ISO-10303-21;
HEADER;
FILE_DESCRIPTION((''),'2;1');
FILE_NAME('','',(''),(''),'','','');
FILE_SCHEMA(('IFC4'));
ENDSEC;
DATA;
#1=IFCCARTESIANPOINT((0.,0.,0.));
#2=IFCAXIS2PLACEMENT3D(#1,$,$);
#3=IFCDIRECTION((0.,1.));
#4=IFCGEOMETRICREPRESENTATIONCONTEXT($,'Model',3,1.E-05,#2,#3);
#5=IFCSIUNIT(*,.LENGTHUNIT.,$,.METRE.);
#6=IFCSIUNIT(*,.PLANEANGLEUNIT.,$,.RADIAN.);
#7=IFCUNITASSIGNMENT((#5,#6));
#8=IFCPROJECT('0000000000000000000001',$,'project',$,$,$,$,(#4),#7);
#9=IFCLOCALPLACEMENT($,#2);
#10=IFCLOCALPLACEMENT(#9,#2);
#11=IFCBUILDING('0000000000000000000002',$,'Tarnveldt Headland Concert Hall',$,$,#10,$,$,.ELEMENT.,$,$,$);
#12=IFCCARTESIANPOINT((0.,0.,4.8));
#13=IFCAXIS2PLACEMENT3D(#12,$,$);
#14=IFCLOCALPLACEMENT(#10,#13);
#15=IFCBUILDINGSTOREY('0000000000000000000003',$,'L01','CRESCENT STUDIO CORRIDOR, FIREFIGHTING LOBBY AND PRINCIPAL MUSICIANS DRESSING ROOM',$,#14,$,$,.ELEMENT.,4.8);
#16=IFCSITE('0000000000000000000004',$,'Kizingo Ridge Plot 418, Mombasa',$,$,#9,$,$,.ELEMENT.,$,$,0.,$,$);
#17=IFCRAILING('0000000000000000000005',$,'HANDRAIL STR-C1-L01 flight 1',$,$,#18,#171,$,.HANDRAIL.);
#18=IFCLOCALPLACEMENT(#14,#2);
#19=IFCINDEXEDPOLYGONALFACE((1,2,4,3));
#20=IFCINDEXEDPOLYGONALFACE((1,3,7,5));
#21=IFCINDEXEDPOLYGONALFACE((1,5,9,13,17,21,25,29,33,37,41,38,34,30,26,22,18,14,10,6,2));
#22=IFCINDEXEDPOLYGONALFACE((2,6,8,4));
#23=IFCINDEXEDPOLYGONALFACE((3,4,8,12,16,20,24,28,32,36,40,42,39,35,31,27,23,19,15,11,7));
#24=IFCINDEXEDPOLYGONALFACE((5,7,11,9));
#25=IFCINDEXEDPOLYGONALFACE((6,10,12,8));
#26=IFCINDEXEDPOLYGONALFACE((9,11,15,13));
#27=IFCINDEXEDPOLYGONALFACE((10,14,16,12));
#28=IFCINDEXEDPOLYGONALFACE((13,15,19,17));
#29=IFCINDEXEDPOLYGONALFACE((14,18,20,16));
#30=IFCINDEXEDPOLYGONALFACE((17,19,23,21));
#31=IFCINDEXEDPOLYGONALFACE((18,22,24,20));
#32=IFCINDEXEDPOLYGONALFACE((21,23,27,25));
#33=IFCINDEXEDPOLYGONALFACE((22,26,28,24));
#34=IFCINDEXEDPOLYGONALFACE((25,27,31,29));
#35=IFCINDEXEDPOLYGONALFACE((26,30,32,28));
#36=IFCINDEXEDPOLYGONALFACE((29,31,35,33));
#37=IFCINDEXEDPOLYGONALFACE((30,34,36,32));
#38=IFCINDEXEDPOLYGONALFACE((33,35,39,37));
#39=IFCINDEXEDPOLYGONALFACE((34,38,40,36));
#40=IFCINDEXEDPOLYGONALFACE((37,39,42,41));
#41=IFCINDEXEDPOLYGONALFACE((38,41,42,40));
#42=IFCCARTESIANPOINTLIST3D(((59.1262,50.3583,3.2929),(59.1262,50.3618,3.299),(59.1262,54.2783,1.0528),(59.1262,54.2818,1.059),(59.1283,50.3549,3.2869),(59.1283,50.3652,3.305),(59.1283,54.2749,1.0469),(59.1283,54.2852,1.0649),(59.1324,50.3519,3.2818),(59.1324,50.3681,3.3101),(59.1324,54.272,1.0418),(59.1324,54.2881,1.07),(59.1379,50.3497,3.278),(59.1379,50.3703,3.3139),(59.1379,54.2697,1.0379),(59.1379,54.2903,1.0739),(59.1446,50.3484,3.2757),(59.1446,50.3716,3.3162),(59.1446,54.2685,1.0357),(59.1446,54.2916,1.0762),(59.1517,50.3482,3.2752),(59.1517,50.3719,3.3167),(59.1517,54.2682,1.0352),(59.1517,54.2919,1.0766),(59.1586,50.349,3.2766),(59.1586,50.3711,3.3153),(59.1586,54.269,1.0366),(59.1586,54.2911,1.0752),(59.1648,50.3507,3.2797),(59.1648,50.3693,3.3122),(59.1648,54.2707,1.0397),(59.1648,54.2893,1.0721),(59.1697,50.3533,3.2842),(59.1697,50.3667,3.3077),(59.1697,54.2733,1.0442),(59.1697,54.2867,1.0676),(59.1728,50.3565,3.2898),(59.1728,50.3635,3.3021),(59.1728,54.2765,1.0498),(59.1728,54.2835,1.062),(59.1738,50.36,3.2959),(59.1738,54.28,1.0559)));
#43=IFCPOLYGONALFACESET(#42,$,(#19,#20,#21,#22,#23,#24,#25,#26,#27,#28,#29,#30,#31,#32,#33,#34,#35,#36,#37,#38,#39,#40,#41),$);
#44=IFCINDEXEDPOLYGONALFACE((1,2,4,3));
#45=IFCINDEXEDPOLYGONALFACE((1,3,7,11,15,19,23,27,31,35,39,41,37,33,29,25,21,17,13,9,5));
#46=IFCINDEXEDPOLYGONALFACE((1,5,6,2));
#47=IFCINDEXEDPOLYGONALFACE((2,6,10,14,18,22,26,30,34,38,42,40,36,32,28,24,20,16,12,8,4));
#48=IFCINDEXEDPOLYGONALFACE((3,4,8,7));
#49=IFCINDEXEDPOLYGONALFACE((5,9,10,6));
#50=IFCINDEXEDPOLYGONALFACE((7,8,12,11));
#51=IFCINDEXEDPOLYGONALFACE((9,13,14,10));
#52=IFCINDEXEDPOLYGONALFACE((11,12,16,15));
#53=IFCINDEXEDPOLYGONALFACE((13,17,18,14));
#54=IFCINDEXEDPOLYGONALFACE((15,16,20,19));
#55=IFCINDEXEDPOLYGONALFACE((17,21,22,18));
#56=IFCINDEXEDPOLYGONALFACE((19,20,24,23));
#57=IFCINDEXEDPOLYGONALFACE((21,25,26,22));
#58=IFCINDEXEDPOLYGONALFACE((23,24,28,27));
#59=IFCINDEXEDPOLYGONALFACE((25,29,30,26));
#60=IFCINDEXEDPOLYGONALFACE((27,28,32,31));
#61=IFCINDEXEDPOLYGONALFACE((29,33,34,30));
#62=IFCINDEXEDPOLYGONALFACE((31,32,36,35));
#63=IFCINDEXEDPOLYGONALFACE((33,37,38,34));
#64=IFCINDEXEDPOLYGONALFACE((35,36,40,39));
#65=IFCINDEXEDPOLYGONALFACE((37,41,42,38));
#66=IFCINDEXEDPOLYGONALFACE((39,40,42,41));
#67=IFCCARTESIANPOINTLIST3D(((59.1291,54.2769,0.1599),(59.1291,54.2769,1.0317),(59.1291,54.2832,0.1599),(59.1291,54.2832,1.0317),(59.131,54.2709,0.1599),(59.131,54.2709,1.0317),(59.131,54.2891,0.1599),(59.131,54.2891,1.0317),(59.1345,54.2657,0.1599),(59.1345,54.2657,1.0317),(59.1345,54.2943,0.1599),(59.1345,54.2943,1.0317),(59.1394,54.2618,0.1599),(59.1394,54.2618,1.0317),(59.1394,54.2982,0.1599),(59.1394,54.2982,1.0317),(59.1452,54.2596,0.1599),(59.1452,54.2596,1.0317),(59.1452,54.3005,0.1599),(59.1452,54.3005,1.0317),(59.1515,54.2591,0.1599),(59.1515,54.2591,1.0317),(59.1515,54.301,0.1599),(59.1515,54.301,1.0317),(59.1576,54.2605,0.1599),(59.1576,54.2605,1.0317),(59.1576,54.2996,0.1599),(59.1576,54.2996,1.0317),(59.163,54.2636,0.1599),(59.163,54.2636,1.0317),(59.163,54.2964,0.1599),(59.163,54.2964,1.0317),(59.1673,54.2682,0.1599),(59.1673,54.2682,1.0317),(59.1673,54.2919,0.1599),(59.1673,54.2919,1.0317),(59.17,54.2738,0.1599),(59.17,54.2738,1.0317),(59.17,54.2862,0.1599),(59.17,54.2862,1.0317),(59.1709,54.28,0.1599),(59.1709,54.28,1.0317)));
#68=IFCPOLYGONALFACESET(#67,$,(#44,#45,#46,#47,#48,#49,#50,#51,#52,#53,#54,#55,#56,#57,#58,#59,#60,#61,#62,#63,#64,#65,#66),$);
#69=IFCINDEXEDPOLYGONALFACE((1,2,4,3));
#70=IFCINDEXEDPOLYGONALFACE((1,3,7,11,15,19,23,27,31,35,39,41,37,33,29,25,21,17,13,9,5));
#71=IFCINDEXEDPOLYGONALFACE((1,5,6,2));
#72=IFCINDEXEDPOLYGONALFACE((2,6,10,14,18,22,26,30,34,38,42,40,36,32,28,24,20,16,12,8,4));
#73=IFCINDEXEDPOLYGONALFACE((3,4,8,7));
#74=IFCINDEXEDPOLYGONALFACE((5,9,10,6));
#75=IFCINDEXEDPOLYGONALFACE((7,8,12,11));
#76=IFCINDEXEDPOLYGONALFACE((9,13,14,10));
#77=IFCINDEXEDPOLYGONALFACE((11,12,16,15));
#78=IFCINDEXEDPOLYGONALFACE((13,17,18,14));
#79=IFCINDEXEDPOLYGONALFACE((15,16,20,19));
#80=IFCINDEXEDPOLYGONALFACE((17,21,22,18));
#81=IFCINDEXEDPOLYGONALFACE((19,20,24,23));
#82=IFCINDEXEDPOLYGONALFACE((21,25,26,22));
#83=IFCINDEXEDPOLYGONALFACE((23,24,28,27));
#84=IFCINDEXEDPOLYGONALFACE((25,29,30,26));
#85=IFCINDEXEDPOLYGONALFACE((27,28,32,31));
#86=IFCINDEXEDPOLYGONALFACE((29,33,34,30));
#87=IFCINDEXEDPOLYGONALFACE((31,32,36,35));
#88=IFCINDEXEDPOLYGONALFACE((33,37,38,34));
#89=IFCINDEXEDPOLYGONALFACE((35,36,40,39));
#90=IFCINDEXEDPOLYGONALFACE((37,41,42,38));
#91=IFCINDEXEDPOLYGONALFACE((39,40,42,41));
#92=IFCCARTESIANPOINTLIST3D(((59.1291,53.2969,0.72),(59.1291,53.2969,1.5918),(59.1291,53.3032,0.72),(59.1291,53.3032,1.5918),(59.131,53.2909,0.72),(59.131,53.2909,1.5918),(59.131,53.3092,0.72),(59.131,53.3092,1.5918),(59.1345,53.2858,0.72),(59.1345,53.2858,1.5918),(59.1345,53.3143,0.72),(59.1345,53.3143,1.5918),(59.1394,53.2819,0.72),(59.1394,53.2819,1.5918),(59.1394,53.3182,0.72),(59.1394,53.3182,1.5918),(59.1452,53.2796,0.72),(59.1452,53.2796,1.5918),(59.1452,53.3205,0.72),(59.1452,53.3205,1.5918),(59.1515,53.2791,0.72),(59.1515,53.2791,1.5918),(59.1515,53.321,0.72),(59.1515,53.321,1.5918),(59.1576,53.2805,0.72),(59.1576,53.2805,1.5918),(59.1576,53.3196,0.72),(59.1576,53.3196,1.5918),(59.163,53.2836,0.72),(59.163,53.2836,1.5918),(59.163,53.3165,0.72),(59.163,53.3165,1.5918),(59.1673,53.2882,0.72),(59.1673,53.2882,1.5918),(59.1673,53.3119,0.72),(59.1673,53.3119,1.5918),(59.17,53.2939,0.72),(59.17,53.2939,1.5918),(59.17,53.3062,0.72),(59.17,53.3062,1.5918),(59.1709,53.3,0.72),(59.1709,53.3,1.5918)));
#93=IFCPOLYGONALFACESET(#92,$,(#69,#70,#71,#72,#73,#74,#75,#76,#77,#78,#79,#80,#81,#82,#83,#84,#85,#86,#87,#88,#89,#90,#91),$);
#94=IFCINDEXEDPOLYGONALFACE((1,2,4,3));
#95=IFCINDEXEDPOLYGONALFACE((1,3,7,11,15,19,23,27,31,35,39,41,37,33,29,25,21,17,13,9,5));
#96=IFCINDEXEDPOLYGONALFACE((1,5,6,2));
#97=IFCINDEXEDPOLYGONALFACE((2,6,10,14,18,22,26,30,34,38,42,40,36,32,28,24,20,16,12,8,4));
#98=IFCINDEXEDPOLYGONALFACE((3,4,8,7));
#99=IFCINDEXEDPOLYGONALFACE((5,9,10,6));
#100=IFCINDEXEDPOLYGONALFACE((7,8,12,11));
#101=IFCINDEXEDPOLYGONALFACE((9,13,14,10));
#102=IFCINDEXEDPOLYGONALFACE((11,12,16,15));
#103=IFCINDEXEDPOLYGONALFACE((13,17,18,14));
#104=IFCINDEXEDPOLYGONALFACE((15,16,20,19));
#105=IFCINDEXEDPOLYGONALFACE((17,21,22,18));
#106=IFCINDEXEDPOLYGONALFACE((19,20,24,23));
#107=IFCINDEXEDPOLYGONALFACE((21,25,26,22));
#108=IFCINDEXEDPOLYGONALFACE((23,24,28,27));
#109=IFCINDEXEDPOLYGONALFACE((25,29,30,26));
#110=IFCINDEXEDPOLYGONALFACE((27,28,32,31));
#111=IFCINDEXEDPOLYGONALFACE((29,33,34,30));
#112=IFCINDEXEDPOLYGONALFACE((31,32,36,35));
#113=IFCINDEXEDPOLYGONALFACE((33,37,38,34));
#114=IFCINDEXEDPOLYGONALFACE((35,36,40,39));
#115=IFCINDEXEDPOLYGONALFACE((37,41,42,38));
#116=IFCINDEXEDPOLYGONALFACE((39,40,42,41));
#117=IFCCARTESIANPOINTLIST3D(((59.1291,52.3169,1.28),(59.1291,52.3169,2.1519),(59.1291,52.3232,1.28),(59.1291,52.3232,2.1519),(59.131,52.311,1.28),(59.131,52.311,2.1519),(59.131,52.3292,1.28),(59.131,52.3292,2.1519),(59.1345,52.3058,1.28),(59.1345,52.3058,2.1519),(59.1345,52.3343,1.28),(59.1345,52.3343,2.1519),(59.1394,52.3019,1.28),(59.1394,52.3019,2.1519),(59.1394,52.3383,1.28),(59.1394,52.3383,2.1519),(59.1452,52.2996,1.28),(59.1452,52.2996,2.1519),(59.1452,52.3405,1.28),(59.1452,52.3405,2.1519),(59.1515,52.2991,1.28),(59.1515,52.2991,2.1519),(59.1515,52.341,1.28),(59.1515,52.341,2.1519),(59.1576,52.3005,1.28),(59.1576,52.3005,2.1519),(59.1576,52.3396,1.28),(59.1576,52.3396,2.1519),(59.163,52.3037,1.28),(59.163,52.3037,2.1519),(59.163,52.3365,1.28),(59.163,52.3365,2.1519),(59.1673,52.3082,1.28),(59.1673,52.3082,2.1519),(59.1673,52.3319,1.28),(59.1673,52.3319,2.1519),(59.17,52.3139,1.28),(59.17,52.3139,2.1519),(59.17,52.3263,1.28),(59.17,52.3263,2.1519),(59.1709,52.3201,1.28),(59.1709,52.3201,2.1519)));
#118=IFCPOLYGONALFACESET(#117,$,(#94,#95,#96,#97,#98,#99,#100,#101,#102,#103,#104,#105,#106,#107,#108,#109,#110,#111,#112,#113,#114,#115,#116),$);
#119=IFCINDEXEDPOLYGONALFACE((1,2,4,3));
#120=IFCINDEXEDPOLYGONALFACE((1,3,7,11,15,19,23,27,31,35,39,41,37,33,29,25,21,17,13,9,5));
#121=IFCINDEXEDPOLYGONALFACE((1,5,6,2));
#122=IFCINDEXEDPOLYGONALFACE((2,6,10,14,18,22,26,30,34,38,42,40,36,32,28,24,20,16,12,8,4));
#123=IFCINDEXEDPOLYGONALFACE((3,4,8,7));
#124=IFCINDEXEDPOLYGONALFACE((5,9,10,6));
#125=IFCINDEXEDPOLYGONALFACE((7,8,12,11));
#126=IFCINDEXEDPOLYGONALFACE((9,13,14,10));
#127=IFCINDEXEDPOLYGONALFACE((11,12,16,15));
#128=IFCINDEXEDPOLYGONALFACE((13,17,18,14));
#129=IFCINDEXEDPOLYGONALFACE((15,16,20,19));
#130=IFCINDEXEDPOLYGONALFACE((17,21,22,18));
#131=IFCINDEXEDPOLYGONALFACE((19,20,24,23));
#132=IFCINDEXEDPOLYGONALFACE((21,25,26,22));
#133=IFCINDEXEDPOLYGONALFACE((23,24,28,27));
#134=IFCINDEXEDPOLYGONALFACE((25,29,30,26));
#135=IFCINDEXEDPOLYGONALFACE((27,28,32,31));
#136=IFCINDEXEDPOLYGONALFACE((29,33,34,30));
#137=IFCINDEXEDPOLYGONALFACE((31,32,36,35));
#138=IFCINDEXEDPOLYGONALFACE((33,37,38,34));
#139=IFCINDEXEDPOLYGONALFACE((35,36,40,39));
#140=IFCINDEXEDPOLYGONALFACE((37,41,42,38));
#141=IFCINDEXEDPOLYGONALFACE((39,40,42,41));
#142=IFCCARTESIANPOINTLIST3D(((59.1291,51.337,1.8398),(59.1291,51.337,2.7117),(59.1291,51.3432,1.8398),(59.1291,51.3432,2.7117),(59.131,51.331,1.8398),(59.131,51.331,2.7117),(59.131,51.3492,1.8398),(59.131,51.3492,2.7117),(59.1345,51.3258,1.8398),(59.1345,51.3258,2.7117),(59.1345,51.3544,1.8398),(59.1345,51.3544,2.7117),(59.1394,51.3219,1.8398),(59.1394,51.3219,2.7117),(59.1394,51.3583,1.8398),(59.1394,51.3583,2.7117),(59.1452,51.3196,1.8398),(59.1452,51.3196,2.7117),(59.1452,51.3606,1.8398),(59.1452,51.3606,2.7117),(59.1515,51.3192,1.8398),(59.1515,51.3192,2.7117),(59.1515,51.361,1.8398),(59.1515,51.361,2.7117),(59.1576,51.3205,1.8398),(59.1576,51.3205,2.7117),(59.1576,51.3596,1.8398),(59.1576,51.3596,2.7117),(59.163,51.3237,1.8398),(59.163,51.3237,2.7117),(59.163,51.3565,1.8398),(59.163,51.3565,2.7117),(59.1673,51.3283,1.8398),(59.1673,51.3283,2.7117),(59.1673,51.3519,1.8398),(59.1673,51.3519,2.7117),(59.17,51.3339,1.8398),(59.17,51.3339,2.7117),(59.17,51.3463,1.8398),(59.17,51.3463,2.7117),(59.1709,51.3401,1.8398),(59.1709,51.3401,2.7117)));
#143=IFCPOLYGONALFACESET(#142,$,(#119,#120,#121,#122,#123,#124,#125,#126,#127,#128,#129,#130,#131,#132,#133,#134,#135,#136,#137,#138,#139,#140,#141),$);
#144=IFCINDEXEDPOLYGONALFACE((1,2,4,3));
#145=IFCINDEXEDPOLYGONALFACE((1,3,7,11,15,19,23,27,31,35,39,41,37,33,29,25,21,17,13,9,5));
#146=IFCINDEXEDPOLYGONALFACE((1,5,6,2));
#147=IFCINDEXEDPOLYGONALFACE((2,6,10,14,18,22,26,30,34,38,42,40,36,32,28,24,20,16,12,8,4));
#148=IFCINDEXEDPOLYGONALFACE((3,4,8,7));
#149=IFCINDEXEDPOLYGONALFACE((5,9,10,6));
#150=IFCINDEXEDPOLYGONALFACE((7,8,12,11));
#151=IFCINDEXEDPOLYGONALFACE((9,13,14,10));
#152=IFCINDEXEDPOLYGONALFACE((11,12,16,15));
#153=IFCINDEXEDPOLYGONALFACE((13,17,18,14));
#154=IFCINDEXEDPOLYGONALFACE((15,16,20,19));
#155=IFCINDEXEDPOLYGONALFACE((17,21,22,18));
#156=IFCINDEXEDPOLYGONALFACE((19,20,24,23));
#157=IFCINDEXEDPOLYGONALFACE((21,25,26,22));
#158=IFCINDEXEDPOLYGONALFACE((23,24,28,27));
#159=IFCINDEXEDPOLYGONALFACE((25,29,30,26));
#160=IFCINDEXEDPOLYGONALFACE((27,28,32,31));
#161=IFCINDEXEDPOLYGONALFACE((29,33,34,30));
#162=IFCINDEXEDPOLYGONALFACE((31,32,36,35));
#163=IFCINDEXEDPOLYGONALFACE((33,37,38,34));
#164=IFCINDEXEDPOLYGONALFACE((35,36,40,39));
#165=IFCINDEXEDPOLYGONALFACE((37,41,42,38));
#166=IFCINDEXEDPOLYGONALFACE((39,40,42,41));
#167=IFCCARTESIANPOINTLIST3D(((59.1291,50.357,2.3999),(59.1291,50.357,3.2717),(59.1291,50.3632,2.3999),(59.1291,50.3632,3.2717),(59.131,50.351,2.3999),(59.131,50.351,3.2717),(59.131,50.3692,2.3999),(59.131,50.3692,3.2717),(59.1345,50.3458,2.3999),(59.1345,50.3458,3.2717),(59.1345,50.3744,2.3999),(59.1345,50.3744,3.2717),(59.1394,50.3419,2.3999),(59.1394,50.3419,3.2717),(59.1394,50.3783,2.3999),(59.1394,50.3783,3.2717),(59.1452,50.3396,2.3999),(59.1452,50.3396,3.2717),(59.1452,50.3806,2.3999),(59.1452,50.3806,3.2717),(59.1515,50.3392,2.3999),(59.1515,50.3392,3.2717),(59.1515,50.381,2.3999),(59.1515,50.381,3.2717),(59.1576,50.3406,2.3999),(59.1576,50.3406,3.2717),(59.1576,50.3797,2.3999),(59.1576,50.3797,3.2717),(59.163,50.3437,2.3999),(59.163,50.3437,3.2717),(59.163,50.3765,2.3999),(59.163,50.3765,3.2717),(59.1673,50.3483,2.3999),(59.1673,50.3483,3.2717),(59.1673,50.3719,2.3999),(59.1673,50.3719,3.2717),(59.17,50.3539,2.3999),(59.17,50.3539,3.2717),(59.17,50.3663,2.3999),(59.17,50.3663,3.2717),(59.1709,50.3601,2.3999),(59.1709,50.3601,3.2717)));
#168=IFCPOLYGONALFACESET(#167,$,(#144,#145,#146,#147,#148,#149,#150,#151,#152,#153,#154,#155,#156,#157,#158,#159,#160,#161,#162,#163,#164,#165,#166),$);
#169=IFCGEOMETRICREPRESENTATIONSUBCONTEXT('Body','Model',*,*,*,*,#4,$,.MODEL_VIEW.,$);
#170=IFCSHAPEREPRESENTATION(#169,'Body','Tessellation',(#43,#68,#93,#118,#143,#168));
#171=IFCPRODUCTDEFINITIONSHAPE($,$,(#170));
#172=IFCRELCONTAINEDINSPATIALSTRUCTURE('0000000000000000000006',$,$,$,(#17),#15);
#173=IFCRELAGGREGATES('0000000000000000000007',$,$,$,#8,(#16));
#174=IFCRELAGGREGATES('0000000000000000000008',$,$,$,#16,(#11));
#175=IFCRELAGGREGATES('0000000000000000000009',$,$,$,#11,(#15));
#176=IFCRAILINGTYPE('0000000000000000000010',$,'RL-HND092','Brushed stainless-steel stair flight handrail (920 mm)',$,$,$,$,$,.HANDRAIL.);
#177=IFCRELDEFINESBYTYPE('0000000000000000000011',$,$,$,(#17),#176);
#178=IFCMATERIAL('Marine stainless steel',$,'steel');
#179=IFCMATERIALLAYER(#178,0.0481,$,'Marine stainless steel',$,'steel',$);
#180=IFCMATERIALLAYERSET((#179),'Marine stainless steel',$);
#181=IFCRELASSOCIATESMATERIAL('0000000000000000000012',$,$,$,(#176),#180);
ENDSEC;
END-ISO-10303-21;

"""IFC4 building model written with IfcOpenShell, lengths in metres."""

from ifc_helpers import new_model, si_unit, direction, frame, origin, origin_2d, place, context, subcontext, project, spatial, circle, extrude, material, layer, layer_set, type_object, element, save


model = new_model("IFC4")

# Units and contexts
model_context = context("Model", 3, precision=1e-05, world=origin(), true_north=direction((0.0, 1.0)))
body_context = subcontext(model_context, "Body", "Model", "MODEL_VIEW")
ifc_project = project(units=[si_unit("LENGTHUNIT", "METRE"), si_unit("PLANEANGLEUNIT", "RADIAN")], contexts=[model_context])

# Site, building, storey
site_placement = place(None, origin())
site = spatial("IfcSite", under=ifc_project, at=site_placement, Name="Kizingo Ridge Plot 418, Mombasa", CompositionType="ELEMENT", RefElevation=0.0)
building_placement = place(site_placement, origin())
building = spatial("IfcBuilding", under=site, at=building_placement, Name="Tarnveldt Headland Concert Hall", CompositionType="ELEMENT")
storey_placement = place(building_placement, frame((0.0, 0.0, 4.8)))
storey = spatial("IfcBuildingStorey", under=building, at=storey_placement, Name="L01", Description="CRESCENT STUDIO CORRIDOR, FIREFIGHTING LOBBY AND PRINCIPAL MUSICIANS DRESSING ROOM", CompositionType="ELEMENT", Elevation=4.8)

# Railing
ifc_material_1 = material(Name="Marine stainless steel", Category="steel")
ifc_layer_1 = layer(ifc_material_1, 0.0481, Name="Marine stainless steel", Category="steel")
ifc_layer_set_1 = layer_set([ifc_layer_1], Name="Marine stainless steel")
railing_type_1 = type_object("IfcRailingType", Name="RL-HND092", Description="Brushed stainless-steel stair flight handrail (920 mm)", PredefinedType="HANDRAIL", material=ifc_layer_set_1)
railing_1_placement = place(storey_placement, frame((59.1499, 54.28, 0.1599)))
element("IfcRailing", 1, at=railing_1_placement, inside=storey, type_object=railing_type_1, Name="HANDRAIL STR-C1-L01 flight 1", PredefinedType="HANDRAIL", context=body_context, shape_type="SweptSolid", body=[
    extrude(circle(Radius=0.0239, at=origin_2d()), frame((0.0, 0.0, 0.896), z_axis=(0.0, -0.86824, 0.496145), x_axis=(1.0, 0.0, 0.0)), (0.0, 0.0, 1.0), 4.5149),
    extrude(circle(Radius=0.021, at=origin_2d()), origin(), (0.0, 0.0, 1.0), 0.8718),
    extrude(circle(Radius=0.021, at=origin_2d()), frame((0.0, -0.98, 0.5601)), (0.0, 0.0, 1.0), 0.8718),
    extrude(circle(Radius=0.021, at=origin_2d()), frame((0.0, -1.96, 1.1201)), (0.0, 0.0, 1.0), 0.8718),
    extrude(circle(Radius=0.021, at=origin_2d()), frame((0.0, -2.9399, 1.6799)), (0.0, 0.0, 1.0), 0.8718),
    extrude(circle(Radius=0.021, at=origin_2d()), frame((0.0, -3.9199, 2.24)), (0.0, 0.0, 1.0), 0.8718),
])

save(model, "model.ifc")
